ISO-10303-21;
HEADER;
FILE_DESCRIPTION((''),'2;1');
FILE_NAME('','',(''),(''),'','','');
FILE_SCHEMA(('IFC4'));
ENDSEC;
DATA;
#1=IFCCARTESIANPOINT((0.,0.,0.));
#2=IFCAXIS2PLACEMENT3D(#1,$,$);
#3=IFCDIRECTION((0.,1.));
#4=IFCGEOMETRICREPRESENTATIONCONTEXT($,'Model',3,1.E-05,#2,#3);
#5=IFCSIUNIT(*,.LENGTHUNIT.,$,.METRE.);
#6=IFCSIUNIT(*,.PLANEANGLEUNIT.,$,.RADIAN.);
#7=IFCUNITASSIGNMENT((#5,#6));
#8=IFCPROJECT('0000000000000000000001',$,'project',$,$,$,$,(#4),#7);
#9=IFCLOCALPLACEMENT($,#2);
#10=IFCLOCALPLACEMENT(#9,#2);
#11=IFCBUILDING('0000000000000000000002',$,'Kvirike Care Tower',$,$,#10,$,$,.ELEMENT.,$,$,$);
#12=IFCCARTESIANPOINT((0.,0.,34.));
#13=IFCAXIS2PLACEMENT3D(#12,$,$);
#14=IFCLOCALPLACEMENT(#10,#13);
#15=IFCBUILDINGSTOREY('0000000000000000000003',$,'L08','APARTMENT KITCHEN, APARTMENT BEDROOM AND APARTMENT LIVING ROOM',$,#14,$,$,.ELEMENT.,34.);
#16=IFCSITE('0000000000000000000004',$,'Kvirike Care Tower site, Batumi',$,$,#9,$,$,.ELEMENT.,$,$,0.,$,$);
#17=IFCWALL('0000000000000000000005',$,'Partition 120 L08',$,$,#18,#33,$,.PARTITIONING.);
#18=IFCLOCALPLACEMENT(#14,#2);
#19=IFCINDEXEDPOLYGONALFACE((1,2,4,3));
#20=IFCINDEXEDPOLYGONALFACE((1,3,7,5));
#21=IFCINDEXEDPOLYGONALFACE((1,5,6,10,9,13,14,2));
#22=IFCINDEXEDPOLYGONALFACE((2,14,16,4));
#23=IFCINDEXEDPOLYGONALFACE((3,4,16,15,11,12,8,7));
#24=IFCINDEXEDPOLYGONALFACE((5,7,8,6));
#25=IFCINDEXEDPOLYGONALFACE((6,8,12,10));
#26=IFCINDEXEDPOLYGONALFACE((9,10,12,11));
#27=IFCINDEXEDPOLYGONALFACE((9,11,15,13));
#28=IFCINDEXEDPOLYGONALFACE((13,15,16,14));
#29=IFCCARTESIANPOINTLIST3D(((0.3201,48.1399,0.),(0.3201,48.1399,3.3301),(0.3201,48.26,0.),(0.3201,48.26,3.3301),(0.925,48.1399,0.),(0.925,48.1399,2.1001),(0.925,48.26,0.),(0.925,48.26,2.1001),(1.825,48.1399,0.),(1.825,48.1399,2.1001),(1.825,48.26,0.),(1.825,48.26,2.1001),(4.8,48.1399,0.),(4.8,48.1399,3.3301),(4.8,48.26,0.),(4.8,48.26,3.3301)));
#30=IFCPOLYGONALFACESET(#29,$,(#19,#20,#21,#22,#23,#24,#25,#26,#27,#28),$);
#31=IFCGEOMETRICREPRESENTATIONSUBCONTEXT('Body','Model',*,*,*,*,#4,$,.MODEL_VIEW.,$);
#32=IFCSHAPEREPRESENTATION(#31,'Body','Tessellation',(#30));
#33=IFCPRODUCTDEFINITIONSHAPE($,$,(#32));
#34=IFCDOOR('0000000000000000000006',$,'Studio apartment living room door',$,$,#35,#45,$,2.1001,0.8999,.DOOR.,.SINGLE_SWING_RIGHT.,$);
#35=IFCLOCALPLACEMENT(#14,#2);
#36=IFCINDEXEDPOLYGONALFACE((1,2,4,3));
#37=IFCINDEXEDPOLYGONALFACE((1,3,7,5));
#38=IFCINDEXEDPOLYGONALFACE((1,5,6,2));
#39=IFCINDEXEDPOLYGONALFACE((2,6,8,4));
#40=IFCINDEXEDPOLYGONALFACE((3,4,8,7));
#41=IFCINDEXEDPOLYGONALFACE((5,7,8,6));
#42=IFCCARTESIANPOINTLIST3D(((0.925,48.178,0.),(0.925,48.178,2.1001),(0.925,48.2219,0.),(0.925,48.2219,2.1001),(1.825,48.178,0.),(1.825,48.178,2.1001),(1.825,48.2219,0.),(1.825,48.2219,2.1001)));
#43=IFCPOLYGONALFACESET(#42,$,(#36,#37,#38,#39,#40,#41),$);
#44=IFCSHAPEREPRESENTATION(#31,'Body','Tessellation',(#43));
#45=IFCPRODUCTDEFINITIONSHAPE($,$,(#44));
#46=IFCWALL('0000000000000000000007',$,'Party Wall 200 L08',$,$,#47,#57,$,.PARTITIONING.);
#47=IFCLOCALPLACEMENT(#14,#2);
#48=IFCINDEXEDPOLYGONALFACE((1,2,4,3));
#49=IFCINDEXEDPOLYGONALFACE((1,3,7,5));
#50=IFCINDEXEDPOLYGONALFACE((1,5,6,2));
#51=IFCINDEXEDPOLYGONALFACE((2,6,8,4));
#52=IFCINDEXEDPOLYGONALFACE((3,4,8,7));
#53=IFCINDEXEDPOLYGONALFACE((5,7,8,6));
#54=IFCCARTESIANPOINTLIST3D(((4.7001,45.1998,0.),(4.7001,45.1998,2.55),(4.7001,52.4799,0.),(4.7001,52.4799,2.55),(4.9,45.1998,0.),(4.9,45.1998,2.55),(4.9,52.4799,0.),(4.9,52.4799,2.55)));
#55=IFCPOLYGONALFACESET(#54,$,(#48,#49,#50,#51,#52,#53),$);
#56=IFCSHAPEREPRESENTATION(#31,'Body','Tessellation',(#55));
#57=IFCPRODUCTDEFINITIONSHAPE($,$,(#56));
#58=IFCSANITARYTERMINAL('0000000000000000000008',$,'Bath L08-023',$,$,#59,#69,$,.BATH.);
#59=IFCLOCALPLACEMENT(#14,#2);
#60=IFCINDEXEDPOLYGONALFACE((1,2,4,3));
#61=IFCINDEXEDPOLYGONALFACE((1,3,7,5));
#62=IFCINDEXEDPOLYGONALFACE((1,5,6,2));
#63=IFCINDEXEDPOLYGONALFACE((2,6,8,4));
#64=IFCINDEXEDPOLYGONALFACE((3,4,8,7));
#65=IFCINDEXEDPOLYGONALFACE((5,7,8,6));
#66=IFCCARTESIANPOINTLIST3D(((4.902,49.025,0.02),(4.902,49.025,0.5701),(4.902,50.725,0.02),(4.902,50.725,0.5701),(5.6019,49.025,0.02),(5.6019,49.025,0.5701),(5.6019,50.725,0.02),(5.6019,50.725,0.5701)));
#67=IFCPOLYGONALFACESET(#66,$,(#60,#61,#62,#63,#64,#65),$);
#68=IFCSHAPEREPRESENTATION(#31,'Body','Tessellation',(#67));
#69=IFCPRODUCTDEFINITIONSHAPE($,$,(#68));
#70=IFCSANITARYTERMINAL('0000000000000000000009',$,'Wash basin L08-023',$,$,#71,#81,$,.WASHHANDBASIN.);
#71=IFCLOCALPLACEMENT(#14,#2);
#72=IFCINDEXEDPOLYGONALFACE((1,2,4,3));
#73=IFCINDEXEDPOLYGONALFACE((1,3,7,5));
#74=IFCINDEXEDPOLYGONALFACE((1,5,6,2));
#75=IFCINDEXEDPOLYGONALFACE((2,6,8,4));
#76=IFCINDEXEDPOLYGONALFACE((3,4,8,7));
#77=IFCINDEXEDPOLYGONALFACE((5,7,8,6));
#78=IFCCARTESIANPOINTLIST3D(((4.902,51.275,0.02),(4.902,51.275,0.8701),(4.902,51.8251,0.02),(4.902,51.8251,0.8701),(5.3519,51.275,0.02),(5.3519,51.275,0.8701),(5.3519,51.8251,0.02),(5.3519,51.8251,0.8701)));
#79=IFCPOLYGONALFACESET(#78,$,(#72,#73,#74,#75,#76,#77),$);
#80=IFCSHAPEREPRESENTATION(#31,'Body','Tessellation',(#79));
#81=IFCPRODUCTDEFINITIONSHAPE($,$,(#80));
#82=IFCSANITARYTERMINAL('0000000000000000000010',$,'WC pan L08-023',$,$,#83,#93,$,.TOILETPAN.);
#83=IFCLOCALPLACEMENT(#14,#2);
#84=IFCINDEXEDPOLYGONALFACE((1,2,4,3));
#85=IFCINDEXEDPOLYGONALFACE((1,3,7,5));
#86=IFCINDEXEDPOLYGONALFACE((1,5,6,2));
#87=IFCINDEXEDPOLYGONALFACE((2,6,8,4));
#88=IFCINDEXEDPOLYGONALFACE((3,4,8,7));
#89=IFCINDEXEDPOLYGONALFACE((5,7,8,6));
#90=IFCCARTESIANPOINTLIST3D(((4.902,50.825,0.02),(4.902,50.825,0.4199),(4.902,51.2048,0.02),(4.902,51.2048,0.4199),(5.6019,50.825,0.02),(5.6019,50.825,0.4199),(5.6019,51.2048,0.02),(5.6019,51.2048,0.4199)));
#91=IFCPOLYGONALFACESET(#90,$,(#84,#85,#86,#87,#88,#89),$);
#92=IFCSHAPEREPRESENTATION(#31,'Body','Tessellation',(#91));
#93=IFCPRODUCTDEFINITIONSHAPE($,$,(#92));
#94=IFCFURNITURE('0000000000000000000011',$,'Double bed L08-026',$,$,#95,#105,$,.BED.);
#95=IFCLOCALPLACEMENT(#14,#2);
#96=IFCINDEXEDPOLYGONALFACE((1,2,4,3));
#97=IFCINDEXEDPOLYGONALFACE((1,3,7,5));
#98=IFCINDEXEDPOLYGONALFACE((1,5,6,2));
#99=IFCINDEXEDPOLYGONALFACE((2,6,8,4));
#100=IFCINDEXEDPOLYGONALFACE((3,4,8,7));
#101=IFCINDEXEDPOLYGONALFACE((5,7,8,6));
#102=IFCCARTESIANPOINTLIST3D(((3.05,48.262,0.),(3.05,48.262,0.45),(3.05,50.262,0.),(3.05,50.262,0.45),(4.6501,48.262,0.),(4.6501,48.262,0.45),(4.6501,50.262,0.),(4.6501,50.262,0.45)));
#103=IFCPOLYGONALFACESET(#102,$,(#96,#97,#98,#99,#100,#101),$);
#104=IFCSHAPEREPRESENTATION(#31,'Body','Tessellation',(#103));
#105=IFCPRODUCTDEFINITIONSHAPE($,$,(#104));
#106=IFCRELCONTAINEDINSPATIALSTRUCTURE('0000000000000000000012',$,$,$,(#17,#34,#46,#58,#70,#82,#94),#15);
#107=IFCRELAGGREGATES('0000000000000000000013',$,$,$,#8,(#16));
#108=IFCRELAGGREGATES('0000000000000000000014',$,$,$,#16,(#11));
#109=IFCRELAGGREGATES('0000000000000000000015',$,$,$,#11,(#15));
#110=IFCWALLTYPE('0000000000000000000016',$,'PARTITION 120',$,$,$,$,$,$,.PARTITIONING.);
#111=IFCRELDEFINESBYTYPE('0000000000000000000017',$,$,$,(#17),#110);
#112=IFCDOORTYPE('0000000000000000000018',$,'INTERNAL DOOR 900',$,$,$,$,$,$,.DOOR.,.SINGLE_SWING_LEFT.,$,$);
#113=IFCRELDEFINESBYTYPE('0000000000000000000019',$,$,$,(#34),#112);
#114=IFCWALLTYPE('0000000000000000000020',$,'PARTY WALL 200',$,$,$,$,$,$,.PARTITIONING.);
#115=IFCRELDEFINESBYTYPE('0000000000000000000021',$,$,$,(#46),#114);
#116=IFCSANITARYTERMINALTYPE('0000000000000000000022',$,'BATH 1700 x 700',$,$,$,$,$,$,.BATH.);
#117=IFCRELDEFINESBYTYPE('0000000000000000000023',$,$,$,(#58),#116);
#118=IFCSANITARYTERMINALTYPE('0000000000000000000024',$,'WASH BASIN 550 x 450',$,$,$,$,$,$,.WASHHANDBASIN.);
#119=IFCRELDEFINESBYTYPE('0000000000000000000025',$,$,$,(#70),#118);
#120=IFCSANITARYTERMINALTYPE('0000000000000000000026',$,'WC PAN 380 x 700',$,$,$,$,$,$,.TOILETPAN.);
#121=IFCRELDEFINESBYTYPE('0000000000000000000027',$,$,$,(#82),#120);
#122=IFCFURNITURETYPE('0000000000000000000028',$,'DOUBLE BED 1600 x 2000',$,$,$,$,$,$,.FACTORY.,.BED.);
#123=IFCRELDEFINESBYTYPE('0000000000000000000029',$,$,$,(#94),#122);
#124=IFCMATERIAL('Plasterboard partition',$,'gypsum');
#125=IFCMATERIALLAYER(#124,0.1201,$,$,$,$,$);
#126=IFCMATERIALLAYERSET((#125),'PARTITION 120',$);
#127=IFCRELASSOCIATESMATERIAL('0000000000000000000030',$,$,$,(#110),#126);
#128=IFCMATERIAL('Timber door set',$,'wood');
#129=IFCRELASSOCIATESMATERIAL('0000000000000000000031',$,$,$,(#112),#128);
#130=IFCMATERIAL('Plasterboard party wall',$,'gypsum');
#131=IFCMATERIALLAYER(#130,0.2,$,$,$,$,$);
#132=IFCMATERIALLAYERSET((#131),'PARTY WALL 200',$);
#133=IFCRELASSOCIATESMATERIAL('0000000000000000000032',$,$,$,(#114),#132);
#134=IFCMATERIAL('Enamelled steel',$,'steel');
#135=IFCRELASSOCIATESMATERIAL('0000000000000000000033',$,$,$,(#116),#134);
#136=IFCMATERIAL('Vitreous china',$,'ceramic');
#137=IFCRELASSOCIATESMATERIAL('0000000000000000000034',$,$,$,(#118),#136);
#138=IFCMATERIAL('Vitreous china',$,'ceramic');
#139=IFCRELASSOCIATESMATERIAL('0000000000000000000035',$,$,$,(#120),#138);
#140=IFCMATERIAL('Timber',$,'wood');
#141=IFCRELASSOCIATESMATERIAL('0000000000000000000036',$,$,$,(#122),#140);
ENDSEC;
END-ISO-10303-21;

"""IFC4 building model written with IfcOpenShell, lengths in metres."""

from ifc_helpers import new_model, si_unit, direction, frame, frame_2d, origin, origin_2d, place, context, subcontext, project, spatial, rectangle, extrude, material, layer, layer_set, type_object, element, fill, save


model = new_model("IFC4")

# Units and contexts
model_context = context("Model", 3, precision=1e-05, world=origin(), true_north=direction((0.0, 1.0)))
body_context = subcontext(model_context, "Body", "Model", "MODEL_VIEW")
ifc_project = project(units=[si_unit("LENGTHUNIT", "METRE"), si_unit("PLANEANGLEUNIT", "RADIAN")], contexts=[model_context])

# Site, building, storey
site_placement = place(None, origin())
site = spatial("IfcSite", under=ifc_project, at=site_placement, Name="Kvirike Care Tower site, Batumi", CompositionType="ELEMENT", RefElevation=0.0)
building_placement = place(site_placement, origin())
building = spatial("IfcBuilding", under=site, at=building_placement, Name="Kvirike Care Tower", CompositionType="ELEMENT")
storey_placement = place(building_placement, frame((0.0, 0.0, 34.0)))
storey = spatial("IfcBuildingStorey", under=building, at=storey_placement, Name="L08", Description="APARTMENT KITCHEN, APARTMENT BEDROOM AND APARTMENT LIVING ROOM", CompositionType="ELEMENT", Elevation=34.0)

# Wall, opening, door
ifc_material_1 = material(Name="Plasterboard partition", Category="gypsum")
ifc_layer_1 = layer(ifc_material_1, 0.1201)
ifc_layer_set_1 = layer_set([ifc_layer_1], Name="PARTITION 120")
wall_type_1 = type_object("IfcWallType", Name="PARTITION 120", PredefinedType="PARTITIONING", material=ifc_layer_set_1)
wall_1_placement = place(storey_placement, frame((4.8, 48.2, 0.0), z_axis=(0.0, 0.0, 1.0), x_axis=(-1.0, 0.0, 0.0)))
wall_1 = element("IfcWall", 1, at=wall_1_placement, inside=storey, type_object=wall_type_1, Name="Partition 120 L08", PredefinedType="PARTITIONING", context=body_context, shape_type="SweptSolid", body=[
    extrude(rectangle(XDim=4.48, YDim=0.1201, at=frame_2d((2.24, 0.0))), origin(), (0.0, 0.0, 1.0), 3.3301),
])
opening_1_placement = place(wall_1_placement, frame((2.9751, 0.0, 0.0)))
opening_1 = element("IfcOpeningElement", 2, at=opening_1_placement, cuts=wall_1, PredefinedType="OPENING", context=body_context, shape_type="SweptSolid", body=[
    extrude(rectangle(XDim=0.8999, YDim=2.1001, at=frame_2d((0.45, 1.05))), frame((0.0, 0.0706, 0.0), z_axis=(0.0, -1.0, 0.0), x_axis=(1.0, 0.0, 0.0)), (0.0, 0.0, 1.0), 0.1411),
])
ifc_material_2 = material(Name="Timber door set", Category="wood")
door_type_1 = type_object("IfcDoorType", Name="INTERNAL DOOR 900", OperationType="SINGLE_SWING_LEFT", PredefinedType="DOOR", material=ifc_material_2)
door_1_placement = place(opening_1_placement, origin())
door_1 = element("IfcDoor", 3, at=door_1_placement, inside=storey, type_object=door_type_1, Name="Studio apartment living room door", OperationType="SINGLE_SWING_RIGHT", OverallHeight=2.1001, OverallWidth=0.8999, PredefinedType="DOOR", context=body_context, shape_type="SweptSolid", body=[
    extrude(rectangle(XDim=0.8999, YDim=2.1001, at=frame_2d((0.45, 1.05))), frame((0.0, 0.022, 0.0), z_axis=(0.0, -1.0, 0.0), x_axis=(1.0, 0.0, 0.0)), (0.0, 0.0, 1.0), 0.0439),
])
fill(opening_1, door_1)

# Wall
ifc_material_3 = material(Name="Plasterboard party wall", Category="gypsum")
ifc_layer_2 = layer(ifc_material_3, 0.2)
ifc_layer_set_2 = layer_set([ifc_layer_2], Name="PARTY WALL 200")
wall_type_2 = type_object("IfcWallType", Name="PARTY WALL 200", PredefinedType="PARTITIONING", material=ifc_layer_set_2)
wall_2_placement = place(storey_placement, frame((4.8, 52.48, 0.0), z_axis=(0.0, 0.0, 1.0), x_axis=(0.0, -1.0, 0.0)))
element("IfcWall", 4, at=wall_2_placement, inside=storey, type_object=wall_type_2, Name="Party Wall 200 L08", PredefinedType="PARTITIONING", context=body_context, shape_type="SweptSolid", body=[
    extrude(rectangle(XDim=7.28, YDim=0.2, at=frame_2d((3.6401, 0.0))), origin(), (0.0, 0.0, 1.0), 2.55),
])

# Sanitary terminals
ifc_material_4 = material(Name="Enamelled steel", Category="steel")
sanitary_terminal_type_1 = type_object("IfcSanitaryTerminalType", Name="BATH 1700 x 700", PredefinedType="BATH", material=ifc_material_4)
sanitary_terminal_1_placement = place(storey_placement, frame((5.252, 49.875, 0.02), z_axis=(0.0, 0.0, 1.0), x_axis=(0.0, 1.0, 0.0)))
element("IfcSanitaryTerminal", 5, at=sanitary_terminal_1_placement, inside=storey, type_object=sanitary_terminal_type_1, Name="Bath L08-023", PredefinedType="BATH", context=body_context, shape_type="SweptSolid", body=[
    extrude(rectangle(XDim=1.7, YDim=0.7, at=origin_2d()), origin(), (0.0, 0.0, 1.0), 0.55),
])
ifc_material_5 = material(Name="Vitreous china", Category="ceramic")
sanitary_terminal_type_2 = type_object("IfcSanitaryTerminalType", Name="WASH BASIN 550 x 450", PredefinedType="WASHHANDBASIN", material=ifc_material_5)
sanitary_terminal_2_placement = place(storey_placement, frame((5.127, 51.55, 0.02), z_axis=(0.0, 0.0, 1.0), x_axis=(0.0, 1.0, 0.0)))
element("IfcSanitaryTerminal", 6, at=sanitary_terminal_2_placement, inside=storey, type_object=sanitary_terminal_type_2, Name="Wash basin L08-023", PredefinedType="WASHHANDBASIN", context=body_context, shape_type="SweptSolid", body=[
    extrude(rectangle(XDim=0.55, YDim=0.45, at=origin_2d()), origin(), (0.0, 0.0, 1.0), 0.8501),
])
ifc_material_6 = material(Name="Vitreous china", Category="ceramic")
sanitary_terminal_type_3 = type_object("IfcSanitaryTerminalType", Name="WC PAN 380 x 700", PredefinedType="TOILETPAN", material=ifc_material_6)
sanitary_terminal_3_placement = place(storey_placement, frame((5.252, 51.0149, 0.02), z_axis=(0.0, 0.0, 1.0), x_axis=(0.0, 1.0, 0.0)))
element("IfcSanitaryTerminal", 7, at=sanitary_terminal_3_placement, inside=storey, type_object=sanitary_terminal_type_3, Name="WC pan L08-023", PredefinedType="TOILETPAN", context=body_context, shape_type="SweptSolid", body=[
    extrude(rectangle(XDim=0.3799, YDim=0.7, at=origin_2d()), origin(), (0.0, 0.0, 1.0), 0.3999),
])

# Furniture
ifc_material_7 = material(Name="Timber", Category="wood")
furniture_type = type_object("IfcFurnitureType", Name="DOUBLE BED 1600 x 2000", AssemblyPlace="FACTORY", PredefinedType="BED", material=ifc_material_7)
furniture_placement = place(storey_placement, frame((3.8501, 49.262, 0.0), z_axis=(0.0, 0.0, 1.0), x_axis=(-1.0, 0.0, 0.0)))
element("IfcFurniture", 8, at=furniture_placement, inside=storey, type_object=furniture_type, Name="Double bed L08-026", PredefinedType="BED", context=body_context, shape_type="SweptSolid", body=[
    extrude(rectangle(XDim=1.6001, YDim=2.0, at=origin_2d()), origin(), (0.0, 0.0, 1.0), 0.45),
])

save(model, "model.ifc")
